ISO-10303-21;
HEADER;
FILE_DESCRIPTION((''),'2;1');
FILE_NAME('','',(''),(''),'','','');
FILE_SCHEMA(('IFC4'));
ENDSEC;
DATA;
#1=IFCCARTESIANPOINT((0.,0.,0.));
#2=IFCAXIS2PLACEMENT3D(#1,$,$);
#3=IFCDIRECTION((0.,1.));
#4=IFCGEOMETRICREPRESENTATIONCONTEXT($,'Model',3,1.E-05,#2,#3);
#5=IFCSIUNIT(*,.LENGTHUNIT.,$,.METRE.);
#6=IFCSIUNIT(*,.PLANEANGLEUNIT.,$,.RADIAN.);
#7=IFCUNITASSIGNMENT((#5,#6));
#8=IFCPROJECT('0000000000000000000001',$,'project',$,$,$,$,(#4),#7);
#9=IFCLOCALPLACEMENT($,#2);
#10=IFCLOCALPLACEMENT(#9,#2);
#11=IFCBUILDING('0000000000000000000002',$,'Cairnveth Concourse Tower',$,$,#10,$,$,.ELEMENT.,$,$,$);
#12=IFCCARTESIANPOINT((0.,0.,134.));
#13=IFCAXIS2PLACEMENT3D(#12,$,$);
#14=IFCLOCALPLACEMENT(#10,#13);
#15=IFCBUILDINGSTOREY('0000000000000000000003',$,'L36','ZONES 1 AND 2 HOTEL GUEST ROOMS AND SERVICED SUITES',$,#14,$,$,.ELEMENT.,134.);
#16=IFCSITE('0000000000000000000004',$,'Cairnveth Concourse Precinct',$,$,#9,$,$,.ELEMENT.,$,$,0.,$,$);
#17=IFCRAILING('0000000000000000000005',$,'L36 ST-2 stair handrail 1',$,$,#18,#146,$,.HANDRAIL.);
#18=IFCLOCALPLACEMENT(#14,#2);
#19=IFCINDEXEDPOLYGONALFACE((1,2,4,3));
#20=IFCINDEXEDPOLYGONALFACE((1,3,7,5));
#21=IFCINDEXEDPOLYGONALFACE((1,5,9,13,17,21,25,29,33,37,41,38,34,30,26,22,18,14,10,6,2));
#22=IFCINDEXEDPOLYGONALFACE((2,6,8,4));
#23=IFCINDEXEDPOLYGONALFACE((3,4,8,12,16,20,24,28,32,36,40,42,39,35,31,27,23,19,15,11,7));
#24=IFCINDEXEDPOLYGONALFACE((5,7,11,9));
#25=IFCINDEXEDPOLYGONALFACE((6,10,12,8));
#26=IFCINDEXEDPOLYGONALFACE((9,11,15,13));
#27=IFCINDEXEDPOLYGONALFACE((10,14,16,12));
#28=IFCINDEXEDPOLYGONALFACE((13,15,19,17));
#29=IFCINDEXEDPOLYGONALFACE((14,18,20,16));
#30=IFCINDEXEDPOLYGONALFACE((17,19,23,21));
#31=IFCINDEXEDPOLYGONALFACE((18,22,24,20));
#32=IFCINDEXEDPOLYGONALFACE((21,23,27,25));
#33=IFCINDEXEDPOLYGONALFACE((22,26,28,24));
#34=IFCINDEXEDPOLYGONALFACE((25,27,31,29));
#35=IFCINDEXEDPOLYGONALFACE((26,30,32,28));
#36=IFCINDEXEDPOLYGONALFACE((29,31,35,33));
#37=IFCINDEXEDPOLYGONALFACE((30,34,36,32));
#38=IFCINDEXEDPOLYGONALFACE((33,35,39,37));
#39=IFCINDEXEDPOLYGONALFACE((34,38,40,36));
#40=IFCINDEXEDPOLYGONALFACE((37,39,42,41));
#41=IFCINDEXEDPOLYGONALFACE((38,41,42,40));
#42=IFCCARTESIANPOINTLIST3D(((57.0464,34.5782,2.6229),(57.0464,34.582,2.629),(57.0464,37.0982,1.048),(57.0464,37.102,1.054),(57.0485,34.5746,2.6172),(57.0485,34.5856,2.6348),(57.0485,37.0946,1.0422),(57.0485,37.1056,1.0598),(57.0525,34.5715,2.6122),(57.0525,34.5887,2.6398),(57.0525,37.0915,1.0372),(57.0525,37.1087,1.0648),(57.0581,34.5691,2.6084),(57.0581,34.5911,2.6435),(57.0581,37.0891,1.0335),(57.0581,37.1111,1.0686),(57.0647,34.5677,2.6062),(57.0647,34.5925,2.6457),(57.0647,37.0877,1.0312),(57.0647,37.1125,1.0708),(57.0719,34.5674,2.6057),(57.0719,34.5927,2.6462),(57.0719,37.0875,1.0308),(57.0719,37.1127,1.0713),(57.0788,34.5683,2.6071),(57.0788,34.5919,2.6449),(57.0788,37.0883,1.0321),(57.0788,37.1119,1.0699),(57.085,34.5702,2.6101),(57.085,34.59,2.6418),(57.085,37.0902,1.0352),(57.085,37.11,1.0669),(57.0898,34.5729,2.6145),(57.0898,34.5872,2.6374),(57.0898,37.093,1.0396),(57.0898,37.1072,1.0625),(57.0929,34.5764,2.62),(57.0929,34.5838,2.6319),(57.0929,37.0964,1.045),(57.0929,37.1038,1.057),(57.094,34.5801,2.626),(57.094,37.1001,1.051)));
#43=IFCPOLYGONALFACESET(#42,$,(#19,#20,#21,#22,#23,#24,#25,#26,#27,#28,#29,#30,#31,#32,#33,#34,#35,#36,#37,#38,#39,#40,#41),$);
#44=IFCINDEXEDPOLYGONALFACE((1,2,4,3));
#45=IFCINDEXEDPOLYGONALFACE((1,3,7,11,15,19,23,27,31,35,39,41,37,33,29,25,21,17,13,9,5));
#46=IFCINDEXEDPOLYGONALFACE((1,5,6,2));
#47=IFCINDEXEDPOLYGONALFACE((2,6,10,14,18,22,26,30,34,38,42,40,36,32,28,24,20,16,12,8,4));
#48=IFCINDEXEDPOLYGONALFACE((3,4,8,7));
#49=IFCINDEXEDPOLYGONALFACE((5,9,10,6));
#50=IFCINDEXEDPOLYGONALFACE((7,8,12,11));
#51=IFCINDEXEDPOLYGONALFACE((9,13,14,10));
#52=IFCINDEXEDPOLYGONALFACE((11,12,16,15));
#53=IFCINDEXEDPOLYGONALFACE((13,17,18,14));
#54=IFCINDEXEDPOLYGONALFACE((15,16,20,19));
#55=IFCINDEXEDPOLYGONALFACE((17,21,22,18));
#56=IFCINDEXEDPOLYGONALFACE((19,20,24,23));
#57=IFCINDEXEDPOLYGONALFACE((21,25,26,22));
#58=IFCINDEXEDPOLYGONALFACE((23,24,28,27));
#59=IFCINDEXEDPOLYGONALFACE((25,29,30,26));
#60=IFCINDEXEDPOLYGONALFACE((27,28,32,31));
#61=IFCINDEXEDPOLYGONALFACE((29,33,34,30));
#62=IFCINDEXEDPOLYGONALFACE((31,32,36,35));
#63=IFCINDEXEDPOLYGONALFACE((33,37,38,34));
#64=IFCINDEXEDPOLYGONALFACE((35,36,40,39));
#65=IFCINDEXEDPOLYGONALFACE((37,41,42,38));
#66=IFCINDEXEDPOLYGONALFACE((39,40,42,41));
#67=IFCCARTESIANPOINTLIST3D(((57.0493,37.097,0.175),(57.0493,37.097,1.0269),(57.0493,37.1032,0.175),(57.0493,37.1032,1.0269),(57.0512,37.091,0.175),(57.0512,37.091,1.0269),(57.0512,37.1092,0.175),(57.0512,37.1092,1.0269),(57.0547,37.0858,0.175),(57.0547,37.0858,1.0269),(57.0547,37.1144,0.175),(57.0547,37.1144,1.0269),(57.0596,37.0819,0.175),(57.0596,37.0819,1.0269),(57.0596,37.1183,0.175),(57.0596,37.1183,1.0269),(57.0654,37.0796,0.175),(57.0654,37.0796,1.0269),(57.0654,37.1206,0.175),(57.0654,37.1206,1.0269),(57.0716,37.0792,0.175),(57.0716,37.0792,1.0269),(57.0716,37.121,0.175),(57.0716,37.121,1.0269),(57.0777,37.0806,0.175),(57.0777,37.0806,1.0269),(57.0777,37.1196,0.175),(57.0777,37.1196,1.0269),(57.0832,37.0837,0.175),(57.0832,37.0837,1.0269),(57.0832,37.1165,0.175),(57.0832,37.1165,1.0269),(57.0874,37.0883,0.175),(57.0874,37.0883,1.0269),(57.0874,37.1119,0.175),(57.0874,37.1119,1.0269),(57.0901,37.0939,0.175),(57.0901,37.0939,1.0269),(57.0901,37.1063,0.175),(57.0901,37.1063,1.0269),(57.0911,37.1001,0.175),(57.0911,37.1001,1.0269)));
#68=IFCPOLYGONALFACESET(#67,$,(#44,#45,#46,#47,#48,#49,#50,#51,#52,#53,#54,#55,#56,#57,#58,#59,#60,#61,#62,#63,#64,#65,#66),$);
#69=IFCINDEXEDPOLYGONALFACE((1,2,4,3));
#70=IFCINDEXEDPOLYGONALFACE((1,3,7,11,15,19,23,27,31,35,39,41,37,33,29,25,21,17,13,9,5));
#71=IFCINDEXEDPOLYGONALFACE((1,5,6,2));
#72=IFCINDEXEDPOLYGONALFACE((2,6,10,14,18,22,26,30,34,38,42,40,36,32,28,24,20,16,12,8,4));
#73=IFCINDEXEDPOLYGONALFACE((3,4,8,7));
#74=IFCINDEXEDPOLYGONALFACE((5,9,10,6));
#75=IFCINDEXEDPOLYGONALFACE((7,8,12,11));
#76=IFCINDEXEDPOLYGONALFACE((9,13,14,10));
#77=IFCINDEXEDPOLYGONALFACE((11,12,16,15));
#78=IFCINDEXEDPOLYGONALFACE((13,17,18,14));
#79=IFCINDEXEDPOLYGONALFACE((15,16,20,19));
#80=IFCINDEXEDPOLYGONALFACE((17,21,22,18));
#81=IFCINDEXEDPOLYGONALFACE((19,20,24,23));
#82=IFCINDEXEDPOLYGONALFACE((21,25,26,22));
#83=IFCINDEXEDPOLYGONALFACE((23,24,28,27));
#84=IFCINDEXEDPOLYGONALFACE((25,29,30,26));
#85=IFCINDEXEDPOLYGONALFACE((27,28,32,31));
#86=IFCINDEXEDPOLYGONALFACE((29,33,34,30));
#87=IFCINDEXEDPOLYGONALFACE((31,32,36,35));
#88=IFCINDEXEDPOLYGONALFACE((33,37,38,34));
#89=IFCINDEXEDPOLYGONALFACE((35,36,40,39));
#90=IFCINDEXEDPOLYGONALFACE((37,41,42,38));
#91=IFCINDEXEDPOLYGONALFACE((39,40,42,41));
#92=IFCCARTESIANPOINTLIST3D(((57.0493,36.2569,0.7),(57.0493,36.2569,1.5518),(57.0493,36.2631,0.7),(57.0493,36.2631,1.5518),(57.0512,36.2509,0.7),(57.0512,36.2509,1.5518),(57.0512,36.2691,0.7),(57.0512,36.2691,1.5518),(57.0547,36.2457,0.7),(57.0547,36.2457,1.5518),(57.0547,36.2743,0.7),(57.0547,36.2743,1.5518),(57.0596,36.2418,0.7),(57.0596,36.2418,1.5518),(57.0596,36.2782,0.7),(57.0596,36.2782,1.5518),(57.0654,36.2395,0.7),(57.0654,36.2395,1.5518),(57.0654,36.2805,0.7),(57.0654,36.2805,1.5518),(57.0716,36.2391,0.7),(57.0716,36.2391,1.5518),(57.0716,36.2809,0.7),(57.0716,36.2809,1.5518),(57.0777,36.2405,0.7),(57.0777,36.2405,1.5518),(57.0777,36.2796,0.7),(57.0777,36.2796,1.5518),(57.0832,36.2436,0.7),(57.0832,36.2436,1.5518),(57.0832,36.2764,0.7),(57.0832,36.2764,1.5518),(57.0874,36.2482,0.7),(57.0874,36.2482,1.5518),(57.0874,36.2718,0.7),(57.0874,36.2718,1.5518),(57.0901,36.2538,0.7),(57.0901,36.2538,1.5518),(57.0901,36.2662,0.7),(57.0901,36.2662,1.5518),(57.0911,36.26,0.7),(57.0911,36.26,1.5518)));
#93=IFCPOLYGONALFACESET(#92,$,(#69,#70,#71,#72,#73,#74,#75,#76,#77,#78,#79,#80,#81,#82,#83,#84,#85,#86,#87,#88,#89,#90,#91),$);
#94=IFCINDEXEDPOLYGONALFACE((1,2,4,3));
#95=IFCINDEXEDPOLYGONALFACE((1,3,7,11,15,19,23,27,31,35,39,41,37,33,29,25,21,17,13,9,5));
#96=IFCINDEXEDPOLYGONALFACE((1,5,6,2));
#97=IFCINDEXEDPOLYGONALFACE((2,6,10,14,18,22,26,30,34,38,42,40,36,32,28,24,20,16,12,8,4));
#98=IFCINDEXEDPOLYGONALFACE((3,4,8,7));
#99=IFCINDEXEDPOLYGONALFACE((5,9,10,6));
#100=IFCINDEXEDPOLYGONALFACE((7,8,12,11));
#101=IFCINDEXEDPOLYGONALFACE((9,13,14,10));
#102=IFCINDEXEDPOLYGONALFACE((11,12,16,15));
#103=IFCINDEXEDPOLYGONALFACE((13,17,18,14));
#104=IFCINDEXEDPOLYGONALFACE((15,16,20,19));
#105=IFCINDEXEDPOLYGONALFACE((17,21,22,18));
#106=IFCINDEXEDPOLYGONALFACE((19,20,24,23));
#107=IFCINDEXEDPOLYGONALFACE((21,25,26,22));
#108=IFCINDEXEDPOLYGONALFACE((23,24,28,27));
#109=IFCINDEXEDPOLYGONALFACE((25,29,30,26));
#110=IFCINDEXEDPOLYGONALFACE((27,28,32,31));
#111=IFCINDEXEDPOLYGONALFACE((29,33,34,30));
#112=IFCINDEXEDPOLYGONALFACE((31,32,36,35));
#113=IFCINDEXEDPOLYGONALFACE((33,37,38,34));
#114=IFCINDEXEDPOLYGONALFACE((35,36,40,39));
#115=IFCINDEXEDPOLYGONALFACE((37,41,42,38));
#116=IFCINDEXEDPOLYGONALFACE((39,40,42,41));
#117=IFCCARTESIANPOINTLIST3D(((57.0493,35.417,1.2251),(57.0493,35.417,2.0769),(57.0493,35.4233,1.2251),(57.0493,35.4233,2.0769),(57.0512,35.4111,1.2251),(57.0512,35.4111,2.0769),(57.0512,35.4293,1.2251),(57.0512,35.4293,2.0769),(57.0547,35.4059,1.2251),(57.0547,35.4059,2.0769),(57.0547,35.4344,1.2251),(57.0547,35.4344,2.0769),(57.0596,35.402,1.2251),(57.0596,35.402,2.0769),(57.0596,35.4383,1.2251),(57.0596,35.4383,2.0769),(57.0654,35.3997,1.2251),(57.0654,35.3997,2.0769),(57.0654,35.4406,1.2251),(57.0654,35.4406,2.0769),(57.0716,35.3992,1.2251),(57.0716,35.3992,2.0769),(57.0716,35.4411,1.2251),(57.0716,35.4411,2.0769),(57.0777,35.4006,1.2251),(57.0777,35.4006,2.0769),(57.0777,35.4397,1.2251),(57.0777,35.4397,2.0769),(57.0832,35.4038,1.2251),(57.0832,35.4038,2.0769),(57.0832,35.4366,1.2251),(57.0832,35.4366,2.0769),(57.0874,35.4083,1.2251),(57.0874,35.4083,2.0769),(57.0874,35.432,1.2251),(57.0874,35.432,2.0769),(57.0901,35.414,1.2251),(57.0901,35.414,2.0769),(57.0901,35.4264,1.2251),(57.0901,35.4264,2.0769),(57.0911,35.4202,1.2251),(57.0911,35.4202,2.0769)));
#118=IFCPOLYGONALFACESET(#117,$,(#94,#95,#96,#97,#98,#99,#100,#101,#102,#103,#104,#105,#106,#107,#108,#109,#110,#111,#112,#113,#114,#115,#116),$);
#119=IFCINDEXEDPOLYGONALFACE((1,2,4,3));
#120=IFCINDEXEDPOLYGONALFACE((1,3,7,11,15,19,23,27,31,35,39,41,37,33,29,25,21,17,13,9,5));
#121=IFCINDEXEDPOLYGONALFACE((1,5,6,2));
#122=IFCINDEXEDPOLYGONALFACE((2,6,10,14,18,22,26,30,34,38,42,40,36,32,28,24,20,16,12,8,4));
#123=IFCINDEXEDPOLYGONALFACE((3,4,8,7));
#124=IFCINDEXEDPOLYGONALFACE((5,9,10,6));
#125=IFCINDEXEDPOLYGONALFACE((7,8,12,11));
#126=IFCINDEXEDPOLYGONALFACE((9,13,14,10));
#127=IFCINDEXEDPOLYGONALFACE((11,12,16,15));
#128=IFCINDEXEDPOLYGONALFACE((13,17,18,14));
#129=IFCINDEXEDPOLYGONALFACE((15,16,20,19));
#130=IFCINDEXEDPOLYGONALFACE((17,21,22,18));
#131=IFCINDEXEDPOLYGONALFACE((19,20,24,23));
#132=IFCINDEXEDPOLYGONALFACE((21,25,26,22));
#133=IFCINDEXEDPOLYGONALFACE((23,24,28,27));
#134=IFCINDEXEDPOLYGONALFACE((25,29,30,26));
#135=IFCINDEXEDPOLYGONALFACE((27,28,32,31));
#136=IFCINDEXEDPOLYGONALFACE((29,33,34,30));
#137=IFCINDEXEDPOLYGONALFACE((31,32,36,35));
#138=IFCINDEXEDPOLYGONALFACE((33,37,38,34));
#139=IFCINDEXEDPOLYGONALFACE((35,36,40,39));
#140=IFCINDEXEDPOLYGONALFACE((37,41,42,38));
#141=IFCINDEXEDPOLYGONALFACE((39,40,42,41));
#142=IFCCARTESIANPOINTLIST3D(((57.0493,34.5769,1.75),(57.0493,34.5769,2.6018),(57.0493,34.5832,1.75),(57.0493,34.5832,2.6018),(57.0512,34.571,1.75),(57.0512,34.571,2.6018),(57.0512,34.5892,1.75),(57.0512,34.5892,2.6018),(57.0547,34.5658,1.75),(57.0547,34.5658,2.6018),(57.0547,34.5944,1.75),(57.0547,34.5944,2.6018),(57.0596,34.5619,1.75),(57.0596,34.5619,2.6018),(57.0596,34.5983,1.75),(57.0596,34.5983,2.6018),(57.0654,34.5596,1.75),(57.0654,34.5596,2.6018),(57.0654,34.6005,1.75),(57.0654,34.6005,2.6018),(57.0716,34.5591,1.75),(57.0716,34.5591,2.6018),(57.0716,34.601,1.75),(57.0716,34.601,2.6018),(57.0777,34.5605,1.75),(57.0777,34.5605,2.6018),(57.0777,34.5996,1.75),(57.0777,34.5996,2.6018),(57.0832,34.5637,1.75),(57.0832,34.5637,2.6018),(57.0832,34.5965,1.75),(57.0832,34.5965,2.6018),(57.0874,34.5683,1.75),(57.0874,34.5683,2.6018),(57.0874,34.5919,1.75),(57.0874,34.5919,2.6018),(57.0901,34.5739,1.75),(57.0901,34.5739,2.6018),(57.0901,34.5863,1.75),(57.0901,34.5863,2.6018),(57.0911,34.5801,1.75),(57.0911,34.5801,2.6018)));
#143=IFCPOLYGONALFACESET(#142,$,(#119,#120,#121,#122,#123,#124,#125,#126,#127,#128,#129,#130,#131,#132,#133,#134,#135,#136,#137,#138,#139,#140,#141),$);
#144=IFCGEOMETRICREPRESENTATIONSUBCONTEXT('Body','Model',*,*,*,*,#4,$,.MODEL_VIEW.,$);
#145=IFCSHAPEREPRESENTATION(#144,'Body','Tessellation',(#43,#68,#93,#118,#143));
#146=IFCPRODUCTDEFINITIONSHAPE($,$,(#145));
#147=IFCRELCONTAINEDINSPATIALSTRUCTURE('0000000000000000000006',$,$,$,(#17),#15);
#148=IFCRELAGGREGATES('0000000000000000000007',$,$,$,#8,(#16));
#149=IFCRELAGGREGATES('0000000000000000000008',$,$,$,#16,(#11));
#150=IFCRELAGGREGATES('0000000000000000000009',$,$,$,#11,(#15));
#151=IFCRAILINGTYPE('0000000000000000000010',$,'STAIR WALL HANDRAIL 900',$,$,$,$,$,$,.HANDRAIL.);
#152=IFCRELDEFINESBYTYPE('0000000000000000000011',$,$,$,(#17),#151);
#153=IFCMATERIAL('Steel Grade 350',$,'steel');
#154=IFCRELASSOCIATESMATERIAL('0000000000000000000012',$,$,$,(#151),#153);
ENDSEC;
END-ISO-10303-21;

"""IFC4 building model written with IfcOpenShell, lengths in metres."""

from ifc_helpers import new_model, si_unit, direction, frame, origin, origin_2d, place, context, subcontext, project, spatial, circle, extrude, material, type_object, element, save


model = new_model("IFC4")

# Units and contexts
model_context = context("Model", 3, precision=1e-05, world=origin(), true_north=direction((0.0, 1.0)))
body_context = subcontext(model_context, "Body", "Model", "MODEL_VIEW")
ifc_project = project(units=[si_unit("LENGTHUNIT", "METRE"), si_unit("PLANEANGLEUNIT", "RADIAN")], contexts=[model_context])

# Site, building, storey
site_placement = place(None, origin())
site = spatial("IfcSite", under=ifc_project, at=site_placement, Name="Cairnveth Concourse Precinct", CompositionType="ELEMENT", RefElevation=0.0)
building_placement = place(site_placement, origin())
building = spatial("IfcBuilding", under=site, at=building_placement, Name="Cairnveth Concourse Tower", CompositionType="ELEMENT")
storey_placement = place(building_placement, frame((0.0, 0.0, 134.0)))
storey = spatial("IfcBuildingStorey", under=building, at=storey_placement, Name="L36", Description="ZONES 1 AND 2 HOTEL GUEST ROOMS AND SERVICED SUITES", CompositionType="ELEMENT", Elevation=134.0)

# Shared definitions
ifc_material_1 = material(Name="Steel Grade 350", Category="steel")

# Railing
railing_type_1 = type_object("IfcRailingType", Name="STAIR WALL HANDRAIL 900", PredefinedType="HANDRAIL", material=ifc_material_1)
railing_1_placement = place(storey_placement, frame((57.0701, 37.1001, 0.175)))
element("IfcRailing", 1, at=railing_1_placement, inside=storey, type_object=railing_type_1, Name="L36 ST-2 stair handrail 1", PredefinedType="HANDRAIL", context=body_context, shape_type="SweptSolid", body=[
    extrude(circle(Radius=0.0239, at=origin_2d()), frame((0.0, 0.0, 0.876), z_axis=(0.0, -0.848008, 0.529984), x_axis=(1.0, 0.0, 0.0)), (0.0, 0.0, 1.0), 2.9717),
    extrude(circle(Radius=0.021, at=origin_2d()), origin(), (0.0, 0.0, 1.0), 0.8518),
    extrude(circle(Radius=0.021, at=origin_2d()), frame((0.0, -0.8401, 0.5249)), (0.0, 0.0, 1.0), 0.8518),
    extrude(circle(Radius=0.021, at=origin_2d()), frame((0.0, -1.6799, 1.05)), (0.0, 0.0, 1.0), 0.8518),
    extrude(circle(Radius=0.021, at=origin_2d()), frame((0.0, -2.52, 1.575)), (0.0, 0.0, 1.0), 0.8518),
])

save(model, "model.ifc")
